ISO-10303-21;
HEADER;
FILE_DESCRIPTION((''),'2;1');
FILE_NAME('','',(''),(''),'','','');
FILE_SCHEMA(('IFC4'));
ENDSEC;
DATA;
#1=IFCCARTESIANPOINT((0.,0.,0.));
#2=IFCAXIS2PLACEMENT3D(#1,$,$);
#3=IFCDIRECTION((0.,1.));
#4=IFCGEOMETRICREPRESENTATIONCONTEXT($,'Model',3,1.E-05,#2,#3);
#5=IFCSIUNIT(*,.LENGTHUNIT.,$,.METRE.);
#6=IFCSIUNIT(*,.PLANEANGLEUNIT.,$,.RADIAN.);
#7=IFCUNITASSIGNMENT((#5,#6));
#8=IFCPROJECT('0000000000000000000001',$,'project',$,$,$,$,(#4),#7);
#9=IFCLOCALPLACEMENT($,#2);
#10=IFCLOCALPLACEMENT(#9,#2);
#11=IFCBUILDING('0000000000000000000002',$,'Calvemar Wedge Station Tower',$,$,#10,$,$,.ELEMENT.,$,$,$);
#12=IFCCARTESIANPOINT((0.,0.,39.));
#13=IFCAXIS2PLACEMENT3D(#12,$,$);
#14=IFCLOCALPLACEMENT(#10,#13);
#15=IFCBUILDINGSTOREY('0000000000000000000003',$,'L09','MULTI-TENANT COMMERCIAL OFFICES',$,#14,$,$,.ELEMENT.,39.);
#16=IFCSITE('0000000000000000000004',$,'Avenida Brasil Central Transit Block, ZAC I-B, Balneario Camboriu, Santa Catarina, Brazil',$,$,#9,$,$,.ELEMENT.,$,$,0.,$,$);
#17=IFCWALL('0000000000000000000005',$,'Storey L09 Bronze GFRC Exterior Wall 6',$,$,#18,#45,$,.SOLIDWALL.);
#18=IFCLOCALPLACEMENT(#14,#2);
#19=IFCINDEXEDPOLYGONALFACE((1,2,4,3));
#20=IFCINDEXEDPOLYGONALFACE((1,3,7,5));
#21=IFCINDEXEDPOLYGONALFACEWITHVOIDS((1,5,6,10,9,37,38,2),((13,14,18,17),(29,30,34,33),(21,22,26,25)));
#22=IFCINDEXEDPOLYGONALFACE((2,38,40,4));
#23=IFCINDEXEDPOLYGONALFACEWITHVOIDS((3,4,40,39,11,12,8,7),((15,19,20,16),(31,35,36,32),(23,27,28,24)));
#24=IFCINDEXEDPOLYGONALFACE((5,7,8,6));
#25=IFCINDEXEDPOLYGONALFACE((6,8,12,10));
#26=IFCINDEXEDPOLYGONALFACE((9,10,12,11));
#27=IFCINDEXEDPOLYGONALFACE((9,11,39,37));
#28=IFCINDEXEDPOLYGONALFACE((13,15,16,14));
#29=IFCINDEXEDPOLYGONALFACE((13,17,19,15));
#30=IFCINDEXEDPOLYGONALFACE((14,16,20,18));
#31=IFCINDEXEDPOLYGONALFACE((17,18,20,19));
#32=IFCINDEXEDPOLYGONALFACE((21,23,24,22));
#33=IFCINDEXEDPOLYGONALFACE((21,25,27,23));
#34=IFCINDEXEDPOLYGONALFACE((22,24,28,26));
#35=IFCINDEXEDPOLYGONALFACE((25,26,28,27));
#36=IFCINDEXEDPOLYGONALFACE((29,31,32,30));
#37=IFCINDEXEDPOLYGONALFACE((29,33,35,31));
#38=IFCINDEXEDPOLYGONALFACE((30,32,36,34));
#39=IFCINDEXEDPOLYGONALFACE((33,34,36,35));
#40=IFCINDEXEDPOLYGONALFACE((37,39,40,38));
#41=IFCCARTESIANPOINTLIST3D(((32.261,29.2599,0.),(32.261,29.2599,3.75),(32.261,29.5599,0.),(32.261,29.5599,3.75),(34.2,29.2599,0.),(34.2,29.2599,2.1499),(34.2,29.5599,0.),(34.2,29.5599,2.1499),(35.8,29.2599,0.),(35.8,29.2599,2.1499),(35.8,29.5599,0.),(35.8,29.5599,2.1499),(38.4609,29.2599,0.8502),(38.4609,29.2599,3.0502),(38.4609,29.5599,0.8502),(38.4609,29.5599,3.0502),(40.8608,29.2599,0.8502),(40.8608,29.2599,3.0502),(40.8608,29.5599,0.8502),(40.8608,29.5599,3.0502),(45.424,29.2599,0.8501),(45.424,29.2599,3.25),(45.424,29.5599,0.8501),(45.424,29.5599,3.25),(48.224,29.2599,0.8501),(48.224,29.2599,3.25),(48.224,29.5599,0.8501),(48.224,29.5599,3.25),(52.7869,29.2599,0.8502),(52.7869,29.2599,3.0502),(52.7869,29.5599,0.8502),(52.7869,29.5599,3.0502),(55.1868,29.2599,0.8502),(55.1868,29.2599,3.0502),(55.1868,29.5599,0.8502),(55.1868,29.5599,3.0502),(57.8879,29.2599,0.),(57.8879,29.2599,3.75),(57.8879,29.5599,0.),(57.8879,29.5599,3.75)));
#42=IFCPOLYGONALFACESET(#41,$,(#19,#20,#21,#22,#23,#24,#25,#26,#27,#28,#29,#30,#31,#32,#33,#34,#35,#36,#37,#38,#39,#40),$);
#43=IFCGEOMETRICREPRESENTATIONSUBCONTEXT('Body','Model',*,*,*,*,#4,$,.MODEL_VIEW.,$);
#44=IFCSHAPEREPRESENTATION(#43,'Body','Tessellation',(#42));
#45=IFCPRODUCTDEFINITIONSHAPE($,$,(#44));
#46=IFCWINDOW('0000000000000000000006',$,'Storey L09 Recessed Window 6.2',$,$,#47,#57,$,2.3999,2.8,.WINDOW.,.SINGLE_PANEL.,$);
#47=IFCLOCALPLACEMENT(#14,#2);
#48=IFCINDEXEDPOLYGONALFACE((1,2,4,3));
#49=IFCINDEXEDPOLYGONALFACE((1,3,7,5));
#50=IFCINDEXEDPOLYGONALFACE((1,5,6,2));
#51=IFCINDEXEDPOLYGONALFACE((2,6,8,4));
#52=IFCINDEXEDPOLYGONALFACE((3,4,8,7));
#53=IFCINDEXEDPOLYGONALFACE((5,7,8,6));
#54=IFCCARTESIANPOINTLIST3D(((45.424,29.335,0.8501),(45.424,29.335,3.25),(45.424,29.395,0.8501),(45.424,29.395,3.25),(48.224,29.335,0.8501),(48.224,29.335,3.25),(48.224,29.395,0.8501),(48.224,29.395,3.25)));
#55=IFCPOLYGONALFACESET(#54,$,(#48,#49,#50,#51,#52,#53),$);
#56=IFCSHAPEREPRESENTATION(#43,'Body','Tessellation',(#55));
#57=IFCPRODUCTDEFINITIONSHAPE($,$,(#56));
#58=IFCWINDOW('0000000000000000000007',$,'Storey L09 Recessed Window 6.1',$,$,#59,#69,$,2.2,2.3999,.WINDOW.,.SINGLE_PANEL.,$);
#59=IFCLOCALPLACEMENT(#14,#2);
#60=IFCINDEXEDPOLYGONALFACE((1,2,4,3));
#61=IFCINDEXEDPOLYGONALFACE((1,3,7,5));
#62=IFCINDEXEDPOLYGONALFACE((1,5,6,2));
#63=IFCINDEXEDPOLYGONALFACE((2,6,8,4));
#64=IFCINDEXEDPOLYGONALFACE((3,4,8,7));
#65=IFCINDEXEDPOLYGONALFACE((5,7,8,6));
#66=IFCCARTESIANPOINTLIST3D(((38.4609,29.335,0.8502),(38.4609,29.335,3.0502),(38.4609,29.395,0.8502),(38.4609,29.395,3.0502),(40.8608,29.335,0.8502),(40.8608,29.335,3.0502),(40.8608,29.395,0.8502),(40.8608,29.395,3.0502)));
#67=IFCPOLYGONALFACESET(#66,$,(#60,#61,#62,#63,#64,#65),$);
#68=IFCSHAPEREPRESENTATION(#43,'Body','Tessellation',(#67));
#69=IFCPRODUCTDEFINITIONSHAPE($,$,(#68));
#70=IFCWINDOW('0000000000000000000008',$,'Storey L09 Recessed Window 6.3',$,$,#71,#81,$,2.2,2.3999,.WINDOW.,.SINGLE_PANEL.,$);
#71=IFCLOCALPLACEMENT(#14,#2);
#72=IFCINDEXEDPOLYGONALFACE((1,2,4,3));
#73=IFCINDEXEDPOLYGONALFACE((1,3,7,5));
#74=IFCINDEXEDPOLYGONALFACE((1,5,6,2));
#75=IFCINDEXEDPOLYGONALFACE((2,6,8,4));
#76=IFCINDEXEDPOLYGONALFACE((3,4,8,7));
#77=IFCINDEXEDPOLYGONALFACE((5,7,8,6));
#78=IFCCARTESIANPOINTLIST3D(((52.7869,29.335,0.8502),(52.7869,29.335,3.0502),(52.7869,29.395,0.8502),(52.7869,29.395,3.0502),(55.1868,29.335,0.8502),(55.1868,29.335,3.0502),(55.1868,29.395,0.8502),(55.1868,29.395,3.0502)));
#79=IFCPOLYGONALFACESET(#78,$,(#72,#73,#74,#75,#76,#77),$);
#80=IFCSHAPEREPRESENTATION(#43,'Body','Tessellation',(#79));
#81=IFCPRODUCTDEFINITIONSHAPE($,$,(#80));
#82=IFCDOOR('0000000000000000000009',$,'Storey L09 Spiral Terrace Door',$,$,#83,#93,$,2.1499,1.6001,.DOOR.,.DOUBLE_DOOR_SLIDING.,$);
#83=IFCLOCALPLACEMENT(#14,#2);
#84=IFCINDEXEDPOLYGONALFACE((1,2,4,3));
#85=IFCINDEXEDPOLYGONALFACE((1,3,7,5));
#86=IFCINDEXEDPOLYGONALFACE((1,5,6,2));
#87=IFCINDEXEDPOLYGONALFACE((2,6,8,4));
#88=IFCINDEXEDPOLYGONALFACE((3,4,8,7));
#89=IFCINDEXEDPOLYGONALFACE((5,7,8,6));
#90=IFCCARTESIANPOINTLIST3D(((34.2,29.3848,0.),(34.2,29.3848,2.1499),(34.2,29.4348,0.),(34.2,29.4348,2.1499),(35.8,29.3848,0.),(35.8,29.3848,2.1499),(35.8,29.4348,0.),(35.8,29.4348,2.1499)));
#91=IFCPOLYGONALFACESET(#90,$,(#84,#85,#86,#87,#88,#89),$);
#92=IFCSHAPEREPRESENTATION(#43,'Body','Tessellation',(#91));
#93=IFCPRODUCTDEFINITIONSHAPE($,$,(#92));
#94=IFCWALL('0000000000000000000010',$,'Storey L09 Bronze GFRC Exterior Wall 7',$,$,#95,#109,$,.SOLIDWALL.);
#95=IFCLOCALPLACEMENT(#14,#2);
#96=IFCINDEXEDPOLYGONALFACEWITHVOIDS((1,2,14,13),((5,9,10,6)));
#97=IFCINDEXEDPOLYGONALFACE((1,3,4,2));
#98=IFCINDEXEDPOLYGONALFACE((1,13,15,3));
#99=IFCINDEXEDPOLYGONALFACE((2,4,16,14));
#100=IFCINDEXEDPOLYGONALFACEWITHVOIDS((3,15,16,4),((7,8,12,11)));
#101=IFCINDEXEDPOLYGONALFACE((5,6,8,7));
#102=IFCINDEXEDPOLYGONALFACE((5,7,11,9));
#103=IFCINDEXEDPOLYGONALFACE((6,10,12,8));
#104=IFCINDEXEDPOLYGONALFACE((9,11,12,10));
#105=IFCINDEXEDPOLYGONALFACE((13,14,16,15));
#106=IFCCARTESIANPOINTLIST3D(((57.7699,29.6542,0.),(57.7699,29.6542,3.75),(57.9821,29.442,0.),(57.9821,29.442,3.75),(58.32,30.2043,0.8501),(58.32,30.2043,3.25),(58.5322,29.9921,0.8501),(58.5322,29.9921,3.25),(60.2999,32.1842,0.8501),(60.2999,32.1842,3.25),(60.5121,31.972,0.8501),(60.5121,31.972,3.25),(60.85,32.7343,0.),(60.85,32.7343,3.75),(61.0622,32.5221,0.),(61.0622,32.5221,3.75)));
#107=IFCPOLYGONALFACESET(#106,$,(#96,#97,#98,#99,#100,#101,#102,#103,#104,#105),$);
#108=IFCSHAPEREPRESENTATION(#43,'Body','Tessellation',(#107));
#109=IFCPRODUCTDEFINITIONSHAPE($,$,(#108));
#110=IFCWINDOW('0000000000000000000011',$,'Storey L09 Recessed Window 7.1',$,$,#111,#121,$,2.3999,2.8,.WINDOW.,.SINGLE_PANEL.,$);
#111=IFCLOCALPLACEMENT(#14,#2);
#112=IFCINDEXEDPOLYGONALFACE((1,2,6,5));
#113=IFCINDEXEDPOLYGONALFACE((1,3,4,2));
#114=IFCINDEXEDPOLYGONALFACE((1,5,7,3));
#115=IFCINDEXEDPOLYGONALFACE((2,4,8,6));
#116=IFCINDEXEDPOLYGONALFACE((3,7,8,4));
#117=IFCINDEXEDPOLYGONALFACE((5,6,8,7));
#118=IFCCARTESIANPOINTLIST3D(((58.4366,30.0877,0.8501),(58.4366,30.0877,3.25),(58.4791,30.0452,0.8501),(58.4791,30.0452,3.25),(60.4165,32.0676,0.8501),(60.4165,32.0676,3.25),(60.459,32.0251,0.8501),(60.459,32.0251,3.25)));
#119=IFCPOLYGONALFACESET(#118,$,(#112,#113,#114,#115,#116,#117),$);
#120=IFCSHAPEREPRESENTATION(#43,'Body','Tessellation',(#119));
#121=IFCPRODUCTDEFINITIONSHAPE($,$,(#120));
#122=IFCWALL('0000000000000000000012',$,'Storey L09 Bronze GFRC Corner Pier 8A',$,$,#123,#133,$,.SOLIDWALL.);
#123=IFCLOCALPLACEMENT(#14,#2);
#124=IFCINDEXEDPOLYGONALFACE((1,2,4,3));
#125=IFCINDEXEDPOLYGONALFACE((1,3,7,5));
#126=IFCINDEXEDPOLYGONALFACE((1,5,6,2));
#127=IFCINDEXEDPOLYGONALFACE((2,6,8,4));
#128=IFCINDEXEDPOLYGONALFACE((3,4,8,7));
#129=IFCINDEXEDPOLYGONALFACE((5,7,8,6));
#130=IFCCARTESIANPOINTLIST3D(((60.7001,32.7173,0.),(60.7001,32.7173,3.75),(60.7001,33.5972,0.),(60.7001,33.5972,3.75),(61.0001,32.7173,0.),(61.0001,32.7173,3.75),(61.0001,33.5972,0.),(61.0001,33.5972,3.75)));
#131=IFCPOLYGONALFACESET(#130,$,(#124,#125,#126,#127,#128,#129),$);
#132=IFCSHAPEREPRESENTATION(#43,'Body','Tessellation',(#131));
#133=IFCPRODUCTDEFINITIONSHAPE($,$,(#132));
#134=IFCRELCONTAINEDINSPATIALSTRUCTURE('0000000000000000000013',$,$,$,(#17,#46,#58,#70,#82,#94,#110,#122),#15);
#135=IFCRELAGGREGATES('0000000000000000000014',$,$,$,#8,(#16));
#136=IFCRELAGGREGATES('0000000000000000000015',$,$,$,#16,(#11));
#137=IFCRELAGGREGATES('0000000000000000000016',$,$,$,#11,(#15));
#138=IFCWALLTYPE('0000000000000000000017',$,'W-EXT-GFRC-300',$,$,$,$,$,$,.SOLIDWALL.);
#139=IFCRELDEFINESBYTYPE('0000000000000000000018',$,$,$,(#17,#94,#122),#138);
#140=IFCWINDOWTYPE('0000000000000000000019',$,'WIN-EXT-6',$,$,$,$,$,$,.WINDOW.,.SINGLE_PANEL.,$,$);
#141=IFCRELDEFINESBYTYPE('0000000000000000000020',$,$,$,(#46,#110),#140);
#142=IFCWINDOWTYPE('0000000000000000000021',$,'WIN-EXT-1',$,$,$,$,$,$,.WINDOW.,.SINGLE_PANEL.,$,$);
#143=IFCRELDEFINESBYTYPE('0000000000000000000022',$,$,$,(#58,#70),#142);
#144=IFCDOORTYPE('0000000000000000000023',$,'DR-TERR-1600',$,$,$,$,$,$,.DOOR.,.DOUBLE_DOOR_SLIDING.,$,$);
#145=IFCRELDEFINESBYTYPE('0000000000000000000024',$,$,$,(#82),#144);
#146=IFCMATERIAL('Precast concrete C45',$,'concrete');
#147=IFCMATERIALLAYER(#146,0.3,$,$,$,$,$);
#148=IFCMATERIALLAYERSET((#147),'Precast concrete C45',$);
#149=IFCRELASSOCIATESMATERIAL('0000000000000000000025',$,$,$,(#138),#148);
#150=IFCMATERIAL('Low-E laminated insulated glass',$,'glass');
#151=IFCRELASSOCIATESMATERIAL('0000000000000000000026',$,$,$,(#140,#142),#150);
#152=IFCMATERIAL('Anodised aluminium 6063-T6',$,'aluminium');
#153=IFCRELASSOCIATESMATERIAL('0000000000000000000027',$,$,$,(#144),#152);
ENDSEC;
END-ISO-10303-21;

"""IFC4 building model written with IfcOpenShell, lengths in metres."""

from ifc_helpers import new_model, si_unit, direction, frame, frame_2d, origin, place, context, subcontext, project, spatial, rectangle, extrude, source, transform, mapped, material, layer, layer_set, type_object, element, fill, save


model = new_model("IFC4")

# Units and contexts
model_context = context("Model", 3, precision=1e-05, world=origin(), true_north=direction((0.0, 1.0)))
body_context = subcontext(model_context, "Body", "Model", "MODEL_VIEW")
ifc_project = project(units=[si_unit("LENGTHUNIT", "METRE"), si_unit("PLANEANGLEUNIT", "RADIAN")], contexts=[model_context])

# Site, building, storey
site_placement = place(None, origin())
site = spatial("IfcSite", under=ifc_project, at=site_placement, Name="Avenida Brasil Central Transit Block, ZAC I-B, Balneario Camboriu, Santa Catarina, Brazil", CompositionType="ELEMENT", RefElevation=0.0)
building_placement = place(site_placement, origin())
building = spatial("IfcBuilding", under=site, at=building_placement, Name="Calvemar Wedge Station Tower", CompositionType="ELEMENT")
storey_placement = place(building_placement, frame((0.0, 0.0, 39.0)))
storey = spatial("IfcBuildingStorey", under=building, at=storey_placement, Name="L09", Description="MULTI-TENANT COMMERCIAL OFFICES", CompositionType="ELEMENT", Elevation=39.0)

# Shared definitions
ifc_material_1 = material(Name="Anodised aluminium 6063-T6", Category="aluminium")

# Shared definitions
ifc_material_2 = material(Name="Low-E laminated insulated glass", Category="glass")

# Shared definitions
ifc_material_3 = material(Name="Precast concrete C45", Category="concrete")
ifc_layer_1 = layer(ifc_material_3, 0.3)
ifc_layer_set_1 = layer_set([ifc_layer_1], Name="Precast concrete C45")
wall_type_1 = type_object("IfcWallType", Name="W-EXT-GFRC-300", PredefinedType="SOLIDWALL", material=ifc_layer_set_1)

# Wall, openings, windows, door
wall_1_placement = place(storey_placement, frame((32.261, 29.4099, 0.0), z_axis=(0.0, 0.0, 1.0), x_axis=(1.0, 0.0, 0.0)))
wall_1 = element("IfcWall", 1, at=wall_1_placement, inside=storey, type_object=wall_type_1, Name="Storey L09 Bronze GFRC Exterior Wall 6", PredefinedType="SOLIDWALL", context=body_context, shape_type="SweptSolid", body=[
    extrude(rectangle(XDim=25.627, YDim=0.3, at=frame_2d((12.8135, 0.0))), origin(), (0.0, 0.0, 1.0), 3.75),
])
shared_shape_1 = source(origin(), body_context, "Body", "SweptSolid", [
    extrude(rectangle(XDim=1.6001, YDim=2.1499, at=frame_2d((0.8, 1.075))), frame((0.0, 0.1602, 0.0), z_axis=(0.0, -1.0, 0.0), x_axis=(1.0, 0.0, 0.0)), (0.0, 0.0, 1.0), 0.3201),
])
opening_1_placement = place(wall_1_placement, frame((1.939, 0.0, 0.0)))
opening_1 = element("IfcOpeningElement", 2, at=opening_1_placement, cuts=wall_1, PredefinedType="OPENING", context=body_context, shape_type="MappedRepresentation", body=[
    mapped(shared_shape_1, transform((0.0, 0.0, 0.0), scale=1.0)),
])
shared_shape_2 = source(origin(), body_context, "Body", "SweptSolid", [
    extrude(rectangle(XDim=2.3999, YDim=2.2, at=frame_2d((1.2, 1.1001))), frame((0.0, 0.1602, 0.0), z_axis=(0.0, -1.0, 0.0), x_axis=(1.0, 0.0, 0.0)), (0.0, 0.0, 1.0), 0.3201),
])
opening_2_placement = place(wall_1_placement, frame((6.2, 0.0, 0.8501)))
opening_2 = element("IfcOpeningElement", 3, at=opening_2_placement, cuts=wall_1, PredefinedType="OPENING", context=body_context, shape_type="MappedRepresentation", body=[
    mapped(shared_shape_2, transform((0.0, 0.0, 0.0), scale=1.0)),
])
shared_shape_3 = source(origin(), body_context, "Body", "SweptSolid", [
    extrude(rectangle(XDim=2.8, YDim=2.3999, at=frame_2d((1.3999, 1.2))), frame((0.0, 0.1602, 0.0), z_axis=(0.0, -1.0, 0.0), x_axis=(1.0, 0.0, 0.0)), (0.0, 0.0, 1.0), 0.3201),
])
opening_3_placement = place(wall_1_placement, frame((13.1631, 0.0, 0.8501)))
opening_3 = element("IfcOpeningElement", 4, at=opening_3_placement, cuts=wall_1, PredefinedType="OPENING", context=body_context, shape_type="MappedRepresentation", body=[
    mapped(shared_shape_3, transform((0.0, 0.0, 0.0), scale=1.0)),
])
opening_4_placement = place(wall_1_placement, frame((20.5259, 0.0, 0.8501)))
opening_4 = element("IfcOpeningElement", 5, at=opening_4_placement, cuts=wall_1, PredefinedType="OPENING", context=body_context, shape_type="MappedRepresentation", body=[
    mapped(shared_shape_2, transform((0.0, 0.0, 0.0), scale=1.0)),
])
window_type_1 = type_object("IfcWindowType", Name="WIN-EXT-6", PartitioningType="SINGLE_PANEL", PredefinedType="WINDOW", material=ifc_material_2)
shared_shape_4 = source(origin(), body_context, "Body", "SweptSolid", [
    extrude(rectangle(XDim=2.8, YDim=2.3999, at=frame_2d((1.3999, 1.2))), frame((0.0, -0.0149, 0.0), z_axis=(0.0, -1.0, 0.0), x_axis=(1.0, 0.0, 0.0)), (0.0, 0.0, 1.0), 0.0601),
])
window_1_placement = place(opening_3_placement, origin())
window_1 = element("IfcWindow", 6, at=window_1_placement, inside=storey, type_object=window_type_1, Name="Storey L09 Recessed Window 6.2", OverallHeight=2.3999, OverallWidth=2.8, PartitioningType="SINGLE_PANEL", PredefinedType="WINDOW", context=body_context, shape_type="MappedRepresentation", body=[
    mapped(shared_shape_4, transform((0.0, 0.0, 0.0), scale=1.0)),
])
fill(opening_3, window_1)
window_type_2 = type_object("IfcWindowType", Name="WIN-EXT-1", PartitioningType="SINGLE_PANEL", PredefinedType="WINDOW", material=ifc_material_2)
shared_shape_5 = source(origin(), body_context, "Body", "SweptSolid", [
    extrude(rectangle(XDim=2.3999, YDim=2.2, at=frame_2d((1.2, 1.1001))), frame((0.0, -0.0149, 0.0), z_axis=(0.0, -1.0, 0.0), x_axis=(1.0, 0.0, 0.0)), (0.0, 0.0, 1.0), 0.0601),
])
window_2_placement = place(opening_2_placement, origin())
window_2 = element("IfcWindow", 7, at=window_2_placement, inside=storey, type_object=window_type_2, Name="Storey L09 Recessed Window 6.1", OverallHeight=2.2, OverallWidth=2.3999, PartitioningType="SINGLE_PANEL", PredefinedType="WINDOW", context=body_context, shape_type="MappedRepresentation", body=[
    mapped(shared_shape_5, transform((0.0, 0.0, 0.0), scale=1.0)),
])
fill(opening_2, window_2)
window_3_placement = place(opening_4_placement, origin())
window_3 = element("IfcWindow", 8, at=window_3_placement, inside=storey, type_object=window_type_2, Name="Storey L09 Recessed Window 6.3", OverallHeight=2.2, OverallWidth=2.3999, PartitioningType="SINGLE_PANEL", PredefinedType="WINDOW", context=body_context, shape_type="MappedRepresentation", body=[
    mapped(shared_shape_5, transform((0.0, 0.0, 0.0), scale=1.0)),
])
fill(opening_4, window_3)
door_type_1 = type_object("IfcDoorType", Name="DR-TERR-1600", OperationType="DOUBLE_DOOR_SLIDING", PredefinedType="DOOR", material=ifc_material_1)
shared_shape_6 = source(origin(), body_context, "Body", "SweptSolid", [
    extrude(rectangle(XDim=1.6001, YDim=2.1499, at=frame_2d((0.8, 1.075))), frame((0.0, 0.0249, 0.0), z_axis=(0.0, -1.0, 0.0), x_axis=(1.0, 0.0, 0.0)), (0.0, 0.0, 1.0), 0.05),
])
door_1_placement = place(opening_1_placement, origin())
door_1 = element("IfcDoor", 9, at=door_1_placement, inside=storey, type_object=door_type_1, Name="Storey L09 Spiral Terrace Door", OperationType="DOUBLE_DOOR_SLIDING", OverallHeight=2.1499, OverallWidth=1.6001, PredefinedType="DOOR", context=body_context, shape_type="MappedRepresentation", body=[
    mapped(shared_shape_6, transform((0.0, 0.0, 0.0), scale=1.0)),
])
fill(opening_1, door_1)

# Wall, opening, window
wall_2_placement = place(storey_placement, frame((57.876, 29.5481, 0.0), z_axis=(0.0, 0.0, 1.0), x_axis=(0.707107, 0.707107, 0.0)))
wall_2 = element("IfcWall", 10, at=wall_2_placement, inside=storey, type_object=wall_type_1, Name="Storey L09 Bronze GFRC Exterior Wall 7", PredefinedType="SOLIDWALL", context=body_context, shape_type="SweptSolid", body=[
    extrude(rectangle(XDim=4.356, YDim=0.3, at=frame_2d((2.178, 0.0))), origin(), (0.0, 0.0, 1.0), 3.75),
])
opening_5_placement = place(wall_2_placement, frame((0.7781, 0.0, 0.8501)))
opening_5 = element("IfcOpeningElement", 11, at=opening_5_placement, cuts=wall_2, PredefinedType="OPENING", context=body_context, shape_type="MappedRepresentation", body=[
    mapped(shared_shape_3, transform((0.0, 0.0, 0.0), scale=1.0)),
])
window_4_placement = place(opening_5_placement, origin())
window_4 = element("IfcWindow", 12, at=window_4_placement, inside=storey, type_object=window_type_1, Name="Storey L09 Recessed Window 7.1", OverallHeight=2.3999, OverallWidth=2.8, PartitioningType="SINGLE_PANEL", PredefinedType="WINDOW", context=body_context, shape_type="MappedRepresentation", body=[
    mapped(shared_shape_4, transform((0.0, 0.0, 0.0), scale=1.0)),
])
fill(opening_5, window_4)

# Wall
wall_3_placement = place(storey_placement, frame((60.8501, 32.7173, 0.0), z_axis=(0.0, 0.0, 1.0), x_axis=(0.0, 1.0, 0.0)))
element("IfcWall", 13, at=wall_3_placement, inside=storey, type_object=wall_type_1, Name="Storey L09 Bronze GFRC Corner Pier 8A", PredefinedType="SOLIDWALL", context=body_context, shape_type="SweptSolid", body=[
    extrude(rectangle(XDim=0.8799, YDim=0.3, at=frame_2d((0.4399, 0.0))), origin(), (0.0, 0.0, 1.0), 3.75),
])

save(model, "model.ifc")
